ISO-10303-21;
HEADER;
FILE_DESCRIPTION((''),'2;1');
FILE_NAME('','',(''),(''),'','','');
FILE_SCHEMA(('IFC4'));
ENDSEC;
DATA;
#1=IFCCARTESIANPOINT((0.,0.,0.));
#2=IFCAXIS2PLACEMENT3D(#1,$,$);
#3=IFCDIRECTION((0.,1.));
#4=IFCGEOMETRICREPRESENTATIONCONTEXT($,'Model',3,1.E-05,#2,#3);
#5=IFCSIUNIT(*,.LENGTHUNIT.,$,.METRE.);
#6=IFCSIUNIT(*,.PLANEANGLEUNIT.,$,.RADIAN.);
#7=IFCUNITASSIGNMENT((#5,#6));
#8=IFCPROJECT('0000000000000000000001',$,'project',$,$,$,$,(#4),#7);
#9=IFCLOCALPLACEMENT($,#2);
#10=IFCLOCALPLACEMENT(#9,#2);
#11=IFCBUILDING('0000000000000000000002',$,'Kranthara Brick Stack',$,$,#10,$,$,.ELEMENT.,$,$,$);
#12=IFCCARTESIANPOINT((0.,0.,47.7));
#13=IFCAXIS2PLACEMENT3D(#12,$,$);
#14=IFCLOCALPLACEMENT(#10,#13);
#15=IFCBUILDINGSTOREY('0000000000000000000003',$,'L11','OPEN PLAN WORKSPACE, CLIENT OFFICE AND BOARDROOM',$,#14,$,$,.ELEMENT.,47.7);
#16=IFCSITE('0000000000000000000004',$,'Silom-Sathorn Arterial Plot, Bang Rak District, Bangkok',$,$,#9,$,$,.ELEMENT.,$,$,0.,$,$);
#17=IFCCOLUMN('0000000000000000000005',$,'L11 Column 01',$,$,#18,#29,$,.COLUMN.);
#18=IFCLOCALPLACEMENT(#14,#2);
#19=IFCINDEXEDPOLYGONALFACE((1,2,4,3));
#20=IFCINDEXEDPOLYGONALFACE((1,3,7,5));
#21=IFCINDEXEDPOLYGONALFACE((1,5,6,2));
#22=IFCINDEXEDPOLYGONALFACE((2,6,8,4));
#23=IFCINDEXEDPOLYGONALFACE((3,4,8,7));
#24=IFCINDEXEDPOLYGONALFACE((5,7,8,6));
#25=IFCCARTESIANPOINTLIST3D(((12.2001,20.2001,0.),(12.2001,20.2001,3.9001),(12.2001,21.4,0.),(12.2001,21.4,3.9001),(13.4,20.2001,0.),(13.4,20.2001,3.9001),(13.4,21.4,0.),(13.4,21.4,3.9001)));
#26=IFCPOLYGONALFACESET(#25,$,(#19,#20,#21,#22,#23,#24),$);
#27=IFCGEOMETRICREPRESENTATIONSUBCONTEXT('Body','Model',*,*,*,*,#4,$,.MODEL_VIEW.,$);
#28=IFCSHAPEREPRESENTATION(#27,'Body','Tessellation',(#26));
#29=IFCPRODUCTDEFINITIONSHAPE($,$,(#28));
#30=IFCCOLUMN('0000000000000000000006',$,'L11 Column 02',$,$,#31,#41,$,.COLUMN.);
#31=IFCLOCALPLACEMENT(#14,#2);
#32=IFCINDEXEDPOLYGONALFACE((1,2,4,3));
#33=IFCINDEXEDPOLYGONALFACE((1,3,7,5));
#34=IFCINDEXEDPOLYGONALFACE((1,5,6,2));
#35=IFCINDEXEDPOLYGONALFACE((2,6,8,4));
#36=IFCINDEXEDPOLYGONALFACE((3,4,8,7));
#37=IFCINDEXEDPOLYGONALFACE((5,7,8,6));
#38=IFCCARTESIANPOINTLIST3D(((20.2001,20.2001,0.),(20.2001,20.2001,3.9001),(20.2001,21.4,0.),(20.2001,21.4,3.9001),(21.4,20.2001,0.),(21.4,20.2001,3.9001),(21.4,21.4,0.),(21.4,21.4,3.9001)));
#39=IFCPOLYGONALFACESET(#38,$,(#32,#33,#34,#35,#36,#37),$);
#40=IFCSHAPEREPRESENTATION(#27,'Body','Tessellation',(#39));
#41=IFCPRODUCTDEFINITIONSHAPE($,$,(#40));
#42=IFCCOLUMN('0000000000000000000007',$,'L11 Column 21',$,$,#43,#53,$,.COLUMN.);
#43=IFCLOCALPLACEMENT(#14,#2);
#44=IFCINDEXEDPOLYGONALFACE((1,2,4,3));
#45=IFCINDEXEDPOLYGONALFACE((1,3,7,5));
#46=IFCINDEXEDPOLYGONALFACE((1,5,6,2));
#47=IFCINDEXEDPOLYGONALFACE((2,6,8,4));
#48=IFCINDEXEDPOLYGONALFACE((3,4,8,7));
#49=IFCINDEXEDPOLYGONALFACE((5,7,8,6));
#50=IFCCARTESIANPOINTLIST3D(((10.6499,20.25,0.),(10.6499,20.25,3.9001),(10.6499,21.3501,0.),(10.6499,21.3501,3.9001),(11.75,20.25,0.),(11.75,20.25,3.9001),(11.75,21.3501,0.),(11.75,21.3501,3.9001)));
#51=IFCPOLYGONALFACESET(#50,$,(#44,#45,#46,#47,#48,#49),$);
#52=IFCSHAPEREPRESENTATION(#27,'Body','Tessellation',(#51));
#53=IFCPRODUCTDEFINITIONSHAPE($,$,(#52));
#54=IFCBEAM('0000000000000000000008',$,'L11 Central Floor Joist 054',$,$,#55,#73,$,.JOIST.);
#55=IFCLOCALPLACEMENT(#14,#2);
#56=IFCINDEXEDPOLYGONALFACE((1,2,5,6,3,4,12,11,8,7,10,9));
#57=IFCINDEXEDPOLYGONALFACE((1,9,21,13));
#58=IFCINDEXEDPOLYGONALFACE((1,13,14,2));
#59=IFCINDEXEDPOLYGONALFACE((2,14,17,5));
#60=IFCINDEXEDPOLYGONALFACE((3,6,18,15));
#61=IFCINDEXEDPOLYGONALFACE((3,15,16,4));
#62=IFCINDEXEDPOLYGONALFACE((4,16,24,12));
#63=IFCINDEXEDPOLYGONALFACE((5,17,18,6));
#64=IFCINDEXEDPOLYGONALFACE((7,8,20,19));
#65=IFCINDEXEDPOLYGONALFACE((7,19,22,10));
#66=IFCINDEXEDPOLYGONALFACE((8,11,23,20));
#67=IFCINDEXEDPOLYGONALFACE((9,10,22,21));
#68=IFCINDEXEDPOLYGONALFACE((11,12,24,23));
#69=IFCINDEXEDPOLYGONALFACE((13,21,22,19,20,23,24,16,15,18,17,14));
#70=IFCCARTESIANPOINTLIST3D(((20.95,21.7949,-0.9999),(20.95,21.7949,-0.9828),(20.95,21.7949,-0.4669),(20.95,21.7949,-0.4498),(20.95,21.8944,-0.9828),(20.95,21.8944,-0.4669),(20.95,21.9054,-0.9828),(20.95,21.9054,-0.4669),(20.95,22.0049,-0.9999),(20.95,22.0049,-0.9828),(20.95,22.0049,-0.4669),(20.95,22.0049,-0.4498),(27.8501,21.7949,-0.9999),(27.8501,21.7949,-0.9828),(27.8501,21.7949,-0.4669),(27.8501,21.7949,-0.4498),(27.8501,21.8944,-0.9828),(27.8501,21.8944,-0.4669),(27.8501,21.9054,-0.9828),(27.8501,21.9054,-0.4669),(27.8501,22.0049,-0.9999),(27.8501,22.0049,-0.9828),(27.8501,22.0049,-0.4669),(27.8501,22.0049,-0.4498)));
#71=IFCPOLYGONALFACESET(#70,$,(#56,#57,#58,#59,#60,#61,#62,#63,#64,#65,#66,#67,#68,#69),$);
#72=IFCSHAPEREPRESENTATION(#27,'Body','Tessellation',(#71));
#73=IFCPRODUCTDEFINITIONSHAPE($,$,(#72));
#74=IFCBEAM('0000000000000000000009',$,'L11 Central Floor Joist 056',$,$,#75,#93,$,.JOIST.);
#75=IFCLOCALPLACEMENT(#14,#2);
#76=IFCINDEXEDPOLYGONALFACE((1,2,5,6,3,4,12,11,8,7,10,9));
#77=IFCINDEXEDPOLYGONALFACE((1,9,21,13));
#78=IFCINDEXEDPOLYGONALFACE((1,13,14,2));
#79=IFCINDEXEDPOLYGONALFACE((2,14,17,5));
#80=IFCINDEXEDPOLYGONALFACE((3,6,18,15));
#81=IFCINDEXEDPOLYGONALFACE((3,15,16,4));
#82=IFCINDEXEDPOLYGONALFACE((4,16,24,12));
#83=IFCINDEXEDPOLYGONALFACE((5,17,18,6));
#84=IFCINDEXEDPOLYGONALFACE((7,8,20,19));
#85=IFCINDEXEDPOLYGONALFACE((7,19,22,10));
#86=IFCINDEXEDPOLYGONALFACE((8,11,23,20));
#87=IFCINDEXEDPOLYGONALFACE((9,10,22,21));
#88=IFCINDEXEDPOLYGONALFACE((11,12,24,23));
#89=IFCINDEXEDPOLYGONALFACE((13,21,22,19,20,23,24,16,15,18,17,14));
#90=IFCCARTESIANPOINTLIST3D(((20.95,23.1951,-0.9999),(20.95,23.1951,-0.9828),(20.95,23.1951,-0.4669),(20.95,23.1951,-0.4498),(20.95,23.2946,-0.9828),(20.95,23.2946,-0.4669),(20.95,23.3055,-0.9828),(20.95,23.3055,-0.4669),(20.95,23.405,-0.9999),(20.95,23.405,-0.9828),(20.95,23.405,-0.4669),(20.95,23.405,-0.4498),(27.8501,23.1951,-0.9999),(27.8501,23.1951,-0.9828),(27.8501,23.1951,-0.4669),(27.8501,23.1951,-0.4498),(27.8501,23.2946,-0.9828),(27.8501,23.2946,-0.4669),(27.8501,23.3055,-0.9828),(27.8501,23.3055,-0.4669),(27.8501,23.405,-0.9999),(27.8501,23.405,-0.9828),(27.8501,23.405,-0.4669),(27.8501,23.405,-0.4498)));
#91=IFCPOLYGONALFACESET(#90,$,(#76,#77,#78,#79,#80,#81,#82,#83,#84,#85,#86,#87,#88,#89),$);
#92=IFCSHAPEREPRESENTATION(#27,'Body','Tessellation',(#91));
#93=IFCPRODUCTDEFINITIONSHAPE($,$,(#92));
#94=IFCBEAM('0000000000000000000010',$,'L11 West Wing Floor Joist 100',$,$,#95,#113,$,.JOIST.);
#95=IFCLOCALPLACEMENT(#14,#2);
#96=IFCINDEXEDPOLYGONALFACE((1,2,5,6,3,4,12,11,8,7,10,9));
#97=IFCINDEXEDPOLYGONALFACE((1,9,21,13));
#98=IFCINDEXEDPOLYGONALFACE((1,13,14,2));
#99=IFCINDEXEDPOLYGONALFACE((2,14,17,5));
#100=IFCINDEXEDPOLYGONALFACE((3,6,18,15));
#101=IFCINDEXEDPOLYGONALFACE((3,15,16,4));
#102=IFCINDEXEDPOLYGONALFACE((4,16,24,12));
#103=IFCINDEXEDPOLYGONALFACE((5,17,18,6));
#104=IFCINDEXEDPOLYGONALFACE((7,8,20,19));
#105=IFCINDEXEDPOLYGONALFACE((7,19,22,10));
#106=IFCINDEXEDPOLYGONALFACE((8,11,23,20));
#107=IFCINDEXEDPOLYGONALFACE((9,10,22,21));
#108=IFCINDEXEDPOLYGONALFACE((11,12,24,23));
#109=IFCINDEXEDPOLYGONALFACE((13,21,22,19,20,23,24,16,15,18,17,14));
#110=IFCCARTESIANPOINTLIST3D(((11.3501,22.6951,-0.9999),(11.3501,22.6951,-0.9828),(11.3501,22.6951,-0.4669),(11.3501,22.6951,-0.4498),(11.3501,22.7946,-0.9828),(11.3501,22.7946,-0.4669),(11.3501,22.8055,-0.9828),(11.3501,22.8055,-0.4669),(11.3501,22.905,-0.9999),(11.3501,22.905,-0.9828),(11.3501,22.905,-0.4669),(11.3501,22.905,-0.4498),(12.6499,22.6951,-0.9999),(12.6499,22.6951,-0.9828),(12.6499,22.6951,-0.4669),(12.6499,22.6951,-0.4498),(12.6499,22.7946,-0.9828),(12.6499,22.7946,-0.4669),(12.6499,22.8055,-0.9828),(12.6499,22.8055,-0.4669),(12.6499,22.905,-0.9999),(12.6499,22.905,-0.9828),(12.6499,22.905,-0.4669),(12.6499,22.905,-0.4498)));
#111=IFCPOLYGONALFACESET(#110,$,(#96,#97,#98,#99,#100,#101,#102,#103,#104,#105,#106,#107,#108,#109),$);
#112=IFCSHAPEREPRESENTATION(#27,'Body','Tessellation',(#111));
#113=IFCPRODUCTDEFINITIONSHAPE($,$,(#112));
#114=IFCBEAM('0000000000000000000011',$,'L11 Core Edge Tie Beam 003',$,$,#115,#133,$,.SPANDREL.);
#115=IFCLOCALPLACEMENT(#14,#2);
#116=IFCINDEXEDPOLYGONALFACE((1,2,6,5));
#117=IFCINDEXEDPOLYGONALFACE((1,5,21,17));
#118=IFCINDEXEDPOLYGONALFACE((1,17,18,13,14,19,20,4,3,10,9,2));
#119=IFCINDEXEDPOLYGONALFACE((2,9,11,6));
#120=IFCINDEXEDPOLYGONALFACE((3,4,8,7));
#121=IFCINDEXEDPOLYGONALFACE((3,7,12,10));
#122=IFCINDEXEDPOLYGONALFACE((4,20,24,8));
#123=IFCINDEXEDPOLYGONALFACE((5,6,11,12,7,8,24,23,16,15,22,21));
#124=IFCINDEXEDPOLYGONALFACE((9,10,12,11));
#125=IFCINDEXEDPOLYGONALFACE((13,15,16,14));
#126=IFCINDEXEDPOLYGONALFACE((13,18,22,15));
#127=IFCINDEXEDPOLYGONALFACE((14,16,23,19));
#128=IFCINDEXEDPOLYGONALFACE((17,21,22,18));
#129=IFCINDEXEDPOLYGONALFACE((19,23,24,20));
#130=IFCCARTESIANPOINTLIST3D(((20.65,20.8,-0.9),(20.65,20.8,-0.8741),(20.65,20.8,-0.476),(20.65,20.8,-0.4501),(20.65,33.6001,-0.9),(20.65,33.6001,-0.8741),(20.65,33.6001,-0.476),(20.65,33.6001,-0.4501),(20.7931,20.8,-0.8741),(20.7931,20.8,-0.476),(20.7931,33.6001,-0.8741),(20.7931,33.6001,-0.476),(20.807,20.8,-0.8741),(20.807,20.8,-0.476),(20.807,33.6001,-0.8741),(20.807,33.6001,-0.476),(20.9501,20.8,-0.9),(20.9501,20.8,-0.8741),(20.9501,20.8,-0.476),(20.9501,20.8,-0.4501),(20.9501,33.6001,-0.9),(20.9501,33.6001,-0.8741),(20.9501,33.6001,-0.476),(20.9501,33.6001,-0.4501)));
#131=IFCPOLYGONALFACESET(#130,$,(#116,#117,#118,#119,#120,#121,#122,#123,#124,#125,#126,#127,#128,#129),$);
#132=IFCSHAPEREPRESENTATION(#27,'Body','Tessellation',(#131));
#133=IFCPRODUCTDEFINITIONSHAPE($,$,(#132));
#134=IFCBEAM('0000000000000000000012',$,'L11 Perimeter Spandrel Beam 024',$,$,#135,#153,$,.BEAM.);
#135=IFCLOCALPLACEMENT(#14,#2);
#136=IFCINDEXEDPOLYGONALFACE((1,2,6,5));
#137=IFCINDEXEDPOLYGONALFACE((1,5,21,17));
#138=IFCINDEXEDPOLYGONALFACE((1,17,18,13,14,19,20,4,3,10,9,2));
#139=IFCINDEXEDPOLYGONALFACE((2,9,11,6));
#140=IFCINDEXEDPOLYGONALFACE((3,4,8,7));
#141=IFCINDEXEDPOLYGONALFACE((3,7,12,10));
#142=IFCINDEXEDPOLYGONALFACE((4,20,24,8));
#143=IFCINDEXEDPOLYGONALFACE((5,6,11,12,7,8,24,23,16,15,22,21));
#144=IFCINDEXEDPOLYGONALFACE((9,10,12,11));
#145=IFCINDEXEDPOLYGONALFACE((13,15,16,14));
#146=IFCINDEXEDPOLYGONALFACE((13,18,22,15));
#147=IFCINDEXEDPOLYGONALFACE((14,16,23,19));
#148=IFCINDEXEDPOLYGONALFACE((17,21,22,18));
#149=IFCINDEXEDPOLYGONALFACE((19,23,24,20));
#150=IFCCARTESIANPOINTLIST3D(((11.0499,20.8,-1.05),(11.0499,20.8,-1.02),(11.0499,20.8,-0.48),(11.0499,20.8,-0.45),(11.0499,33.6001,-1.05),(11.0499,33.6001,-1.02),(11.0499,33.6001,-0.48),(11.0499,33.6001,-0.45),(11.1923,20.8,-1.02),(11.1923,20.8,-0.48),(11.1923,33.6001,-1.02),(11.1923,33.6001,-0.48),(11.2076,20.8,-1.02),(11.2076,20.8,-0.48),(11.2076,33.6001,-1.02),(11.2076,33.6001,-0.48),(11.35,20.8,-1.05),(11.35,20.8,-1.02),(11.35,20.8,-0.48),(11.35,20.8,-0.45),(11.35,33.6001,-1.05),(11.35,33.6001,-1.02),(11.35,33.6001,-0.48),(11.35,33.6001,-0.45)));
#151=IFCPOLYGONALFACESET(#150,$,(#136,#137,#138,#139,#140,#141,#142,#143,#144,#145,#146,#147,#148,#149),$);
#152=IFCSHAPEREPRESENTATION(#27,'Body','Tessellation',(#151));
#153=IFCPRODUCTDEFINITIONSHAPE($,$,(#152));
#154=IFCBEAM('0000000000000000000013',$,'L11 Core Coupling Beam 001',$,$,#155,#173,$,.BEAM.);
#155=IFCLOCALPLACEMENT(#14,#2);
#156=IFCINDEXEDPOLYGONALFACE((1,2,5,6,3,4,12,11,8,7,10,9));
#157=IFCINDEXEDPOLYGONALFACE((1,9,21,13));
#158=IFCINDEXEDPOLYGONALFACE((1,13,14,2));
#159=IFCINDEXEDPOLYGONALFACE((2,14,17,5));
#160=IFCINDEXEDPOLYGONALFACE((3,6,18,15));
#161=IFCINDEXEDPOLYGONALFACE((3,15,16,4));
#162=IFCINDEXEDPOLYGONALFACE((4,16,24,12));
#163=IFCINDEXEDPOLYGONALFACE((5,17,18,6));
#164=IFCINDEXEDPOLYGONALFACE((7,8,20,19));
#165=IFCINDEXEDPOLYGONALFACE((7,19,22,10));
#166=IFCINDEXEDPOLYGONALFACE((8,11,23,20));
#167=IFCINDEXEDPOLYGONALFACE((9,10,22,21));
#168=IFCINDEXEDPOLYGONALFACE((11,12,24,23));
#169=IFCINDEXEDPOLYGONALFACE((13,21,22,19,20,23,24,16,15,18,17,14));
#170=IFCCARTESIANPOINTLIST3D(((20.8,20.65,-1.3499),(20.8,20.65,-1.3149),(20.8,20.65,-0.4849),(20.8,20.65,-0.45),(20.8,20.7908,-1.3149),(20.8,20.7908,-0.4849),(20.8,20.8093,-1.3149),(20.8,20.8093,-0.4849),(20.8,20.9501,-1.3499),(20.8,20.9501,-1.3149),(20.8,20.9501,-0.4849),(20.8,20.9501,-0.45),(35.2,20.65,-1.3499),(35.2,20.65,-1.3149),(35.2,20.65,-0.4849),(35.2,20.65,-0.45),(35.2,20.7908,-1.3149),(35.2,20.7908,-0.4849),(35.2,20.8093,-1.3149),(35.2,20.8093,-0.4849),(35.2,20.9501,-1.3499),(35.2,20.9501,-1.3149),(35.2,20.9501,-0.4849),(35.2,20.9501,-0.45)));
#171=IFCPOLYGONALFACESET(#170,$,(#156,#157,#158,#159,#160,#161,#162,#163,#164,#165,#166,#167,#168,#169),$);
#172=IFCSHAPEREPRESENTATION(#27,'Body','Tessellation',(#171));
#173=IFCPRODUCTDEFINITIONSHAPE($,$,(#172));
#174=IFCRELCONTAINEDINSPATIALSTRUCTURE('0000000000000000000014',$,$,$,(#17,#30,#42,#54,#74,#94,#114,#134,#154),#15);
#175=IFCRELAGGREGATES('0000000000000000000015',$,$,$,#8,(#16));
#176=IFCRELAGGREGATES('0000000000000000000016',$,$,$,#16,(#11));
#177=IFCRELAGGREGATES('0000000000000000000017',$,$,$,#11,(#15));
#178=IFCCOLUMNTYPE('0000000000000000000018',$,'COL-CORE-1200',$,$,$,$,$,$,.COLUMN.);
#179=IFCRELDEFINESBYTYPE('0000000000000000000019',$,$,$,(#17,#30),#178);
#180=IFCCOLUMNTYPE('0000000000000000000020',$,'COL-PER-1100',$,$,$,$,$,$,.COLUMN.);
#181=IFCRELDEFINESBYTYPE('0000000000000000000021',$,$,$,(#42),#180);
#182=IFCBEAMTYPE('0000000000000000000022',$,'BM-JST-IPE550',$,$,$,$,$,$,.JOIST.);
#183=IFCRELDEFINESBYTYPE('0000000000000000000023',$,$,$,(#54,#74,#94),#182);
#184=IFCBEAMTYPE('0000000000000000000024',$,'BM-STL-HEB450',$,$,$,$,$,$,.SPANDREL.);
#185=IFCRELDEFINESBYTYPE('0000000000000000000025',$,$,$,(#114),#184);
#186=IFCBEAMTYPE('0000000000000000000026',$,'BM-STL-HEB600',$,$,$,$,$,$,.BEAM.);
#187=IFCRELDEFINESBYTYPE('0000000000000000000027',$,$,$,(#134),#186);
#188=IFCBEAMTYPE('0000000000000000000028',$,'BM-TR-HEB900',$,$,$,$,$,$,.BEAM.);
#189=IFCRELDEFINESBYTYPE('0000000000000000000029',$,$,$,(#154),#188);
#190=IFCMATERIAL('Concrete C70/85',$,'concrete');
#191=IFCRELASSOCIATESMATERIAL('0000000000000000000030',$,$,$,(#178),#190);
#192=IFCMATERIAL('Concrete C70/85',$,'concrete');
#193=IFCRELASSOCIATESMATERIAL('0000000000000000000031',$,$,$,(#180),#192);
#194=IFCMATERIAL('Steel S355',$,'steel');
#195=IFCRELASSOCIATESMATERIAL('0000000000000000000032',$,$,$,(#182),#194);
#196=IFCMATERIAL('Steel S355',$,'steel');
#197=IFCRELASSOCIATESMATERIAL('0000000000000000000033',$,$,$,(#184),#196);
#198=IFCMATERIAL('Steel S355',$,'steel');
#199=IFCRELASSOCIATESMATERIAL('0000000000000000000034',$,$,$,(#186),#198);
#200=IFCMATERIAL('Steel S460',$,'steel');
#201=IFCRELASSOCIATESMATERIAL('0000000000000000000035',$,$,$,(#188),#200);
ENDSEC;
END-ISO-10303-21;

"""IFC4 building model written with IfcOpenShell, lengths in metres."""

from ifc_helpers import new_model, si_unit, direction, frame, origin, origin_2d, place, context, subcontext, project, spatial, rectangle, i_section, extrude, material, material_profile, profile_set, type_object, element, save


model = new_model("IFC4")

# Units and contexts
model_context = context("Model", 3, precision=1e-05, world=origin(), true_north=direction((0.0, 1.0)))
body_context = subcontext(model_context, "Body", "Model", "MODEL_VIEW")
ifc_project = project(units=[si_unit("LENGTHUNIT", "METRE"), si_unit("PLANEANGLEUNIT", "RADIAN")], contexts=[model_context])

# Site, building, storey
site_placement = place(None, origin())
site = spatial("IfcSite", under=ifc_project, at=site_placement, Name="Silom-Sathorn Arterial Plot, Bang Rak District, Bangkok", CompositionType="ELEMENT", RefElevation=0.0)
building_placement = place(site_placement, origin())
building = spatial("IfcBuilding", under=site, at=building_placement, Name="Kranthara Brick Stack", CompositionType="ELEMENT")
storey_placement = place(building_placement, frame((0.0, 0.0, 47.7)))
storey = spatial("IfcBuildingStorey", under=building, at=storey_placement, Name="L11", Description="OPEN PLAN WORKSPACE, CLIENT OFFICE AND BOARDROOM", CompositionType="ELEMENT", Elevation=47.7)

# Columns
ifc_material_1 = material(Name="Concrete C70/85", Category="concrete")
ifc_material_profile_1 = material_profile(ifc_material_1, rectangle(XDim=1.2, YDim=1.2, at=origin_2d()), Name="RC 1200x1200")
ifc_profile_set_1 = profile_set([ifc_material_profile_1], Name="Concrete C70/85")
column_type_1 = type_object("IfcColumnType", Name="COL-CORE-1200", PredefinedType="COLUMN", material=ifc_profile_set_1)
for number, where, z_axis, x_axis, name in (
    (1, (12.8, 20.8, 0.0), (0.0, 0.0, 1.0), (1.0, 0.0, 0.0), "L11 Column 01"),
    (2, (20.8, 20.8, 0.0), (0.0, 0.0, 1.0), (1.0, 0.0, 0.0), "L11 Column 02"),
):
    element("IfcColumn", number, at=place(storey_placement, frame(where, z_axis=z_axis, x_axis=x_axis)), inside=storey, type_object=column_type_1, Name=name, PredefinedType="COLUMN", context=body_context, shape_type="SweptSolid", body=[
        extrude(rectangle(XDim=1.2, YDim=1.2, at=origin_2d()), origin(), (0.0, 0.0, 1.0), 3.9001),
    ])
ifc_material_2 = material(Name="Concrete C70/85", Category="concrete")
ifc_material_profile_2 = material_profile(ifc_material_2, rectangle(XDim=1.1001, YDim=1.1001, at=origin_2d()), Name="RC 1100x1100")
ifc_profile_set_2 = profile_set([ifc_material_profile_2], Name="Concrete C70/85")
column_type_2 = type_object("IfcColumnType", Name="COL-PER-1100", PredefinedType="COLUMN", material=ifc_profile_set_2)
column_placement = place(storey_placement, frame((11.2, 20.8, 0.0), z_axis=(0.0, 0.0, 1.0), x_axis=(1.0, 0.0, 0.0)))
element("IfcColumn", 3, at=column_placement, inside=storey, type_object=column_type_2, Name="L11 Column 21", PredefinedType="COLUMN", context=body_context, shape_type="SweptSolid", body=[
    extrude(rectangle(XDim=1.1001, YDim=1.1001, at=origin_2d()), origin(), (0.0, 0.0, 1.0), 3.9001),
])

# Beams
ifc_material_3 = material(Name="Steel S355", Category="steel")
ifc_material_profile_3 = material_profile(ifc_material_3, i_section(OverallWidth=0.21, OverallDepth=0.55, WebThickness=0.011, FlangeThickness=0.0171, at=origin_2d()), Name="IPE 550")
ifc_profile_set_3 = profile_set([ifc_material_profile_3], Name="Steel S355")
beam_type_1 = type_object("IfcBeamType", Name="BM-JST-IPE550", PredefinedType="JOIST", material=ifc_profile_set_3)
for number, where, z_axis, x_axis, name in (
    (4, (20.95, 21.8999, -0.7249), (1.0, 0.0, 0.0), (0.0, 1.0, 0.0), "L11 Central Floor Joist 054"),
    (5, (20.95, 23.3, -0.7249), (1.0, 0.0, 0.0), (0.0, 1.0, 0.0), "L11 Central Floor Joist 056"),
):
    element("IfcBeam", number, at=place(storey_placement, frame(where, z_axis=z_axis, x_axis=x_axis)), inside=storey, type_object=beam_type_1, Name=name, PredefinedType="JOIST", context=body_context, shape_type="SweptSolid", body=[
        extrude(i_section(OverallWidth=0.21, OverallDepth=0.55, WebThickness=0.011, FlangeThickness=0.0171, at=origin_2d()), origin(), (0.0, 0.0, 1.0), 6.9001),
    ])
beam_1_placement = place(storey_placement, frame((11.3501, 22.8, -0.7249), z_axis=(1.0, 0.0, 0.0), x_axis=(0.0, 1.0, 0.0)))
element("IfcBeam", 6, at=beam_1_placement, inside=storey, type_object=beam_type_1, Name="L11 West Wing Floor Joist 100", PredefinedType="JOIST", context=body_context, shape_type="SweptSolid", body=[
    extrude(i_section(OverallWidth=0.21, OverallDepth=0.55, WebThickness=0.011, FlangeThickness=0.0171, at=origin_2d()), origin(), (0.0, 0.0, 1.0), 1.2998),
])
ifc_material_4 = material(Name="Steel S355", Category="steel")
ifc_material_profile_4 = material_profile(ifc_material_4, i_section(OverallWidth=0.3, OverallDepth=0.45, WebThickness=0.0139, FlangeThickness=0.0259, at=origin_2d()), Name="HEB 450")
ifc_profile_set_4 = profile_set([ifc_material_profile_4], Name="Steel S355")
beam_type_2 = type_object("IfcBeamType", Name="BM-STL-HEB450", PredefinedType="SPANDREL", material=ifc_profile_set_4)
beam_2_placement = place(storey_placement, frame((20.8, 20.8, -0.675), z_axis=(0.0, 1.0, 0.0), x_axis=(-1.0, 0.0, 0.0)))
element("IfcBeam", 7, at=beam_2_placement, inside=storey, type_object=beam_type_2, Name="L11 Core Edge Tie Beam 003", PredefinedType="SPANDREL", context=body_context, shape_type="SweptSolid", body=[
    extrude(i_section(OverallWidth=0.3, OverallDepth=0.45, WebThickness=0.0139, FlangeThickness=0.0259, at=origin_2d()), origin(), (0.0, 0.0, 1.0), 12.8),
])
ifc_material_5 = material(Name="Steel S355", Category="steel")
ifc_material_profile_5 = material_profile(ifc_material_5, i_section(OverallWidth=0.3, OverallDepth=0.6001, WebThickness=0.0154, FlangeThickness=0.03, at=origin_2d()), Name="HEB 600")
ifc_profile_set_5 = profile_set([ifc_material_profile_5], Name="Steel S355")
beam_type_3 = type_object("IfcBeamType", Name="BM-STL-HEB600", PredefinedType="BEAM", material=ifc_profile_set_5)
beam_3_placement = place(storey_placement, frame((11.2, 20.8, -0.75), z_axis=(0.0, 1.0, 0.0), x_axis=(-1.0, 0.0, 0.0)))
element("IfcBeam", 8, at=beam_3_placement, inside=storey, type_object=beam_type_3, Name="L11 Perimeter Spandrel Beam 024", PredefinedType="BEAM", context=body_context, shape_type="SweptSolid", body=[
    extrude(i_section(OverallWidth=0.3, OverallDepth=0.6001, WebThickness=0.0154, FlangeThickness=0.03, at=origin_2d()), origin(), (0.0, 0.0, 1.0), 12.8),
])
ifc_material_6 = material(Name="Steel S460", Category="steel")
ifc_material_profile_6 = material_profile(ifc_material_6, i_section(OverallWidth=0.3, OverallDepth=0.8999, WebThickness=0.0186, FlangeThickness=0.0349, at=origin_2d()), Name="HEB 900")
ifc_profile_set_6 = profile_set([ifc_material_profile_6], Name="Steel S460")
beam_type_4 = type_object("IfcBeamType", Name="BM-TR-HEB900", PredefinedType="BEAM", material=ifc_profile_set_6)
beam_4_placement = place(storey_placement, frame((20.8, 20.8, -0.8999), z_axis=(1.0, 0.0, 0.0), x_axis=(0.0, 1.0, 0.0)))
element("IfcBeam", 9, at=beam_4_placement, inside=storey, type_object=beam_type_4, Name="L11 Core Coupling Beam 001", PredefinedType="BEAM", context=body_context, shape_type="SweptSolid", body=[
    extrude(i_section(OverallWidth=0.3, OverallDepth=0.8999, WebThickness=0.0186, FlangeThickness=0.0349, at=origin_2d()), origin(), (0.0, 0.0, 1.0), 14.3999),
])

save(model, "model.ifc")
